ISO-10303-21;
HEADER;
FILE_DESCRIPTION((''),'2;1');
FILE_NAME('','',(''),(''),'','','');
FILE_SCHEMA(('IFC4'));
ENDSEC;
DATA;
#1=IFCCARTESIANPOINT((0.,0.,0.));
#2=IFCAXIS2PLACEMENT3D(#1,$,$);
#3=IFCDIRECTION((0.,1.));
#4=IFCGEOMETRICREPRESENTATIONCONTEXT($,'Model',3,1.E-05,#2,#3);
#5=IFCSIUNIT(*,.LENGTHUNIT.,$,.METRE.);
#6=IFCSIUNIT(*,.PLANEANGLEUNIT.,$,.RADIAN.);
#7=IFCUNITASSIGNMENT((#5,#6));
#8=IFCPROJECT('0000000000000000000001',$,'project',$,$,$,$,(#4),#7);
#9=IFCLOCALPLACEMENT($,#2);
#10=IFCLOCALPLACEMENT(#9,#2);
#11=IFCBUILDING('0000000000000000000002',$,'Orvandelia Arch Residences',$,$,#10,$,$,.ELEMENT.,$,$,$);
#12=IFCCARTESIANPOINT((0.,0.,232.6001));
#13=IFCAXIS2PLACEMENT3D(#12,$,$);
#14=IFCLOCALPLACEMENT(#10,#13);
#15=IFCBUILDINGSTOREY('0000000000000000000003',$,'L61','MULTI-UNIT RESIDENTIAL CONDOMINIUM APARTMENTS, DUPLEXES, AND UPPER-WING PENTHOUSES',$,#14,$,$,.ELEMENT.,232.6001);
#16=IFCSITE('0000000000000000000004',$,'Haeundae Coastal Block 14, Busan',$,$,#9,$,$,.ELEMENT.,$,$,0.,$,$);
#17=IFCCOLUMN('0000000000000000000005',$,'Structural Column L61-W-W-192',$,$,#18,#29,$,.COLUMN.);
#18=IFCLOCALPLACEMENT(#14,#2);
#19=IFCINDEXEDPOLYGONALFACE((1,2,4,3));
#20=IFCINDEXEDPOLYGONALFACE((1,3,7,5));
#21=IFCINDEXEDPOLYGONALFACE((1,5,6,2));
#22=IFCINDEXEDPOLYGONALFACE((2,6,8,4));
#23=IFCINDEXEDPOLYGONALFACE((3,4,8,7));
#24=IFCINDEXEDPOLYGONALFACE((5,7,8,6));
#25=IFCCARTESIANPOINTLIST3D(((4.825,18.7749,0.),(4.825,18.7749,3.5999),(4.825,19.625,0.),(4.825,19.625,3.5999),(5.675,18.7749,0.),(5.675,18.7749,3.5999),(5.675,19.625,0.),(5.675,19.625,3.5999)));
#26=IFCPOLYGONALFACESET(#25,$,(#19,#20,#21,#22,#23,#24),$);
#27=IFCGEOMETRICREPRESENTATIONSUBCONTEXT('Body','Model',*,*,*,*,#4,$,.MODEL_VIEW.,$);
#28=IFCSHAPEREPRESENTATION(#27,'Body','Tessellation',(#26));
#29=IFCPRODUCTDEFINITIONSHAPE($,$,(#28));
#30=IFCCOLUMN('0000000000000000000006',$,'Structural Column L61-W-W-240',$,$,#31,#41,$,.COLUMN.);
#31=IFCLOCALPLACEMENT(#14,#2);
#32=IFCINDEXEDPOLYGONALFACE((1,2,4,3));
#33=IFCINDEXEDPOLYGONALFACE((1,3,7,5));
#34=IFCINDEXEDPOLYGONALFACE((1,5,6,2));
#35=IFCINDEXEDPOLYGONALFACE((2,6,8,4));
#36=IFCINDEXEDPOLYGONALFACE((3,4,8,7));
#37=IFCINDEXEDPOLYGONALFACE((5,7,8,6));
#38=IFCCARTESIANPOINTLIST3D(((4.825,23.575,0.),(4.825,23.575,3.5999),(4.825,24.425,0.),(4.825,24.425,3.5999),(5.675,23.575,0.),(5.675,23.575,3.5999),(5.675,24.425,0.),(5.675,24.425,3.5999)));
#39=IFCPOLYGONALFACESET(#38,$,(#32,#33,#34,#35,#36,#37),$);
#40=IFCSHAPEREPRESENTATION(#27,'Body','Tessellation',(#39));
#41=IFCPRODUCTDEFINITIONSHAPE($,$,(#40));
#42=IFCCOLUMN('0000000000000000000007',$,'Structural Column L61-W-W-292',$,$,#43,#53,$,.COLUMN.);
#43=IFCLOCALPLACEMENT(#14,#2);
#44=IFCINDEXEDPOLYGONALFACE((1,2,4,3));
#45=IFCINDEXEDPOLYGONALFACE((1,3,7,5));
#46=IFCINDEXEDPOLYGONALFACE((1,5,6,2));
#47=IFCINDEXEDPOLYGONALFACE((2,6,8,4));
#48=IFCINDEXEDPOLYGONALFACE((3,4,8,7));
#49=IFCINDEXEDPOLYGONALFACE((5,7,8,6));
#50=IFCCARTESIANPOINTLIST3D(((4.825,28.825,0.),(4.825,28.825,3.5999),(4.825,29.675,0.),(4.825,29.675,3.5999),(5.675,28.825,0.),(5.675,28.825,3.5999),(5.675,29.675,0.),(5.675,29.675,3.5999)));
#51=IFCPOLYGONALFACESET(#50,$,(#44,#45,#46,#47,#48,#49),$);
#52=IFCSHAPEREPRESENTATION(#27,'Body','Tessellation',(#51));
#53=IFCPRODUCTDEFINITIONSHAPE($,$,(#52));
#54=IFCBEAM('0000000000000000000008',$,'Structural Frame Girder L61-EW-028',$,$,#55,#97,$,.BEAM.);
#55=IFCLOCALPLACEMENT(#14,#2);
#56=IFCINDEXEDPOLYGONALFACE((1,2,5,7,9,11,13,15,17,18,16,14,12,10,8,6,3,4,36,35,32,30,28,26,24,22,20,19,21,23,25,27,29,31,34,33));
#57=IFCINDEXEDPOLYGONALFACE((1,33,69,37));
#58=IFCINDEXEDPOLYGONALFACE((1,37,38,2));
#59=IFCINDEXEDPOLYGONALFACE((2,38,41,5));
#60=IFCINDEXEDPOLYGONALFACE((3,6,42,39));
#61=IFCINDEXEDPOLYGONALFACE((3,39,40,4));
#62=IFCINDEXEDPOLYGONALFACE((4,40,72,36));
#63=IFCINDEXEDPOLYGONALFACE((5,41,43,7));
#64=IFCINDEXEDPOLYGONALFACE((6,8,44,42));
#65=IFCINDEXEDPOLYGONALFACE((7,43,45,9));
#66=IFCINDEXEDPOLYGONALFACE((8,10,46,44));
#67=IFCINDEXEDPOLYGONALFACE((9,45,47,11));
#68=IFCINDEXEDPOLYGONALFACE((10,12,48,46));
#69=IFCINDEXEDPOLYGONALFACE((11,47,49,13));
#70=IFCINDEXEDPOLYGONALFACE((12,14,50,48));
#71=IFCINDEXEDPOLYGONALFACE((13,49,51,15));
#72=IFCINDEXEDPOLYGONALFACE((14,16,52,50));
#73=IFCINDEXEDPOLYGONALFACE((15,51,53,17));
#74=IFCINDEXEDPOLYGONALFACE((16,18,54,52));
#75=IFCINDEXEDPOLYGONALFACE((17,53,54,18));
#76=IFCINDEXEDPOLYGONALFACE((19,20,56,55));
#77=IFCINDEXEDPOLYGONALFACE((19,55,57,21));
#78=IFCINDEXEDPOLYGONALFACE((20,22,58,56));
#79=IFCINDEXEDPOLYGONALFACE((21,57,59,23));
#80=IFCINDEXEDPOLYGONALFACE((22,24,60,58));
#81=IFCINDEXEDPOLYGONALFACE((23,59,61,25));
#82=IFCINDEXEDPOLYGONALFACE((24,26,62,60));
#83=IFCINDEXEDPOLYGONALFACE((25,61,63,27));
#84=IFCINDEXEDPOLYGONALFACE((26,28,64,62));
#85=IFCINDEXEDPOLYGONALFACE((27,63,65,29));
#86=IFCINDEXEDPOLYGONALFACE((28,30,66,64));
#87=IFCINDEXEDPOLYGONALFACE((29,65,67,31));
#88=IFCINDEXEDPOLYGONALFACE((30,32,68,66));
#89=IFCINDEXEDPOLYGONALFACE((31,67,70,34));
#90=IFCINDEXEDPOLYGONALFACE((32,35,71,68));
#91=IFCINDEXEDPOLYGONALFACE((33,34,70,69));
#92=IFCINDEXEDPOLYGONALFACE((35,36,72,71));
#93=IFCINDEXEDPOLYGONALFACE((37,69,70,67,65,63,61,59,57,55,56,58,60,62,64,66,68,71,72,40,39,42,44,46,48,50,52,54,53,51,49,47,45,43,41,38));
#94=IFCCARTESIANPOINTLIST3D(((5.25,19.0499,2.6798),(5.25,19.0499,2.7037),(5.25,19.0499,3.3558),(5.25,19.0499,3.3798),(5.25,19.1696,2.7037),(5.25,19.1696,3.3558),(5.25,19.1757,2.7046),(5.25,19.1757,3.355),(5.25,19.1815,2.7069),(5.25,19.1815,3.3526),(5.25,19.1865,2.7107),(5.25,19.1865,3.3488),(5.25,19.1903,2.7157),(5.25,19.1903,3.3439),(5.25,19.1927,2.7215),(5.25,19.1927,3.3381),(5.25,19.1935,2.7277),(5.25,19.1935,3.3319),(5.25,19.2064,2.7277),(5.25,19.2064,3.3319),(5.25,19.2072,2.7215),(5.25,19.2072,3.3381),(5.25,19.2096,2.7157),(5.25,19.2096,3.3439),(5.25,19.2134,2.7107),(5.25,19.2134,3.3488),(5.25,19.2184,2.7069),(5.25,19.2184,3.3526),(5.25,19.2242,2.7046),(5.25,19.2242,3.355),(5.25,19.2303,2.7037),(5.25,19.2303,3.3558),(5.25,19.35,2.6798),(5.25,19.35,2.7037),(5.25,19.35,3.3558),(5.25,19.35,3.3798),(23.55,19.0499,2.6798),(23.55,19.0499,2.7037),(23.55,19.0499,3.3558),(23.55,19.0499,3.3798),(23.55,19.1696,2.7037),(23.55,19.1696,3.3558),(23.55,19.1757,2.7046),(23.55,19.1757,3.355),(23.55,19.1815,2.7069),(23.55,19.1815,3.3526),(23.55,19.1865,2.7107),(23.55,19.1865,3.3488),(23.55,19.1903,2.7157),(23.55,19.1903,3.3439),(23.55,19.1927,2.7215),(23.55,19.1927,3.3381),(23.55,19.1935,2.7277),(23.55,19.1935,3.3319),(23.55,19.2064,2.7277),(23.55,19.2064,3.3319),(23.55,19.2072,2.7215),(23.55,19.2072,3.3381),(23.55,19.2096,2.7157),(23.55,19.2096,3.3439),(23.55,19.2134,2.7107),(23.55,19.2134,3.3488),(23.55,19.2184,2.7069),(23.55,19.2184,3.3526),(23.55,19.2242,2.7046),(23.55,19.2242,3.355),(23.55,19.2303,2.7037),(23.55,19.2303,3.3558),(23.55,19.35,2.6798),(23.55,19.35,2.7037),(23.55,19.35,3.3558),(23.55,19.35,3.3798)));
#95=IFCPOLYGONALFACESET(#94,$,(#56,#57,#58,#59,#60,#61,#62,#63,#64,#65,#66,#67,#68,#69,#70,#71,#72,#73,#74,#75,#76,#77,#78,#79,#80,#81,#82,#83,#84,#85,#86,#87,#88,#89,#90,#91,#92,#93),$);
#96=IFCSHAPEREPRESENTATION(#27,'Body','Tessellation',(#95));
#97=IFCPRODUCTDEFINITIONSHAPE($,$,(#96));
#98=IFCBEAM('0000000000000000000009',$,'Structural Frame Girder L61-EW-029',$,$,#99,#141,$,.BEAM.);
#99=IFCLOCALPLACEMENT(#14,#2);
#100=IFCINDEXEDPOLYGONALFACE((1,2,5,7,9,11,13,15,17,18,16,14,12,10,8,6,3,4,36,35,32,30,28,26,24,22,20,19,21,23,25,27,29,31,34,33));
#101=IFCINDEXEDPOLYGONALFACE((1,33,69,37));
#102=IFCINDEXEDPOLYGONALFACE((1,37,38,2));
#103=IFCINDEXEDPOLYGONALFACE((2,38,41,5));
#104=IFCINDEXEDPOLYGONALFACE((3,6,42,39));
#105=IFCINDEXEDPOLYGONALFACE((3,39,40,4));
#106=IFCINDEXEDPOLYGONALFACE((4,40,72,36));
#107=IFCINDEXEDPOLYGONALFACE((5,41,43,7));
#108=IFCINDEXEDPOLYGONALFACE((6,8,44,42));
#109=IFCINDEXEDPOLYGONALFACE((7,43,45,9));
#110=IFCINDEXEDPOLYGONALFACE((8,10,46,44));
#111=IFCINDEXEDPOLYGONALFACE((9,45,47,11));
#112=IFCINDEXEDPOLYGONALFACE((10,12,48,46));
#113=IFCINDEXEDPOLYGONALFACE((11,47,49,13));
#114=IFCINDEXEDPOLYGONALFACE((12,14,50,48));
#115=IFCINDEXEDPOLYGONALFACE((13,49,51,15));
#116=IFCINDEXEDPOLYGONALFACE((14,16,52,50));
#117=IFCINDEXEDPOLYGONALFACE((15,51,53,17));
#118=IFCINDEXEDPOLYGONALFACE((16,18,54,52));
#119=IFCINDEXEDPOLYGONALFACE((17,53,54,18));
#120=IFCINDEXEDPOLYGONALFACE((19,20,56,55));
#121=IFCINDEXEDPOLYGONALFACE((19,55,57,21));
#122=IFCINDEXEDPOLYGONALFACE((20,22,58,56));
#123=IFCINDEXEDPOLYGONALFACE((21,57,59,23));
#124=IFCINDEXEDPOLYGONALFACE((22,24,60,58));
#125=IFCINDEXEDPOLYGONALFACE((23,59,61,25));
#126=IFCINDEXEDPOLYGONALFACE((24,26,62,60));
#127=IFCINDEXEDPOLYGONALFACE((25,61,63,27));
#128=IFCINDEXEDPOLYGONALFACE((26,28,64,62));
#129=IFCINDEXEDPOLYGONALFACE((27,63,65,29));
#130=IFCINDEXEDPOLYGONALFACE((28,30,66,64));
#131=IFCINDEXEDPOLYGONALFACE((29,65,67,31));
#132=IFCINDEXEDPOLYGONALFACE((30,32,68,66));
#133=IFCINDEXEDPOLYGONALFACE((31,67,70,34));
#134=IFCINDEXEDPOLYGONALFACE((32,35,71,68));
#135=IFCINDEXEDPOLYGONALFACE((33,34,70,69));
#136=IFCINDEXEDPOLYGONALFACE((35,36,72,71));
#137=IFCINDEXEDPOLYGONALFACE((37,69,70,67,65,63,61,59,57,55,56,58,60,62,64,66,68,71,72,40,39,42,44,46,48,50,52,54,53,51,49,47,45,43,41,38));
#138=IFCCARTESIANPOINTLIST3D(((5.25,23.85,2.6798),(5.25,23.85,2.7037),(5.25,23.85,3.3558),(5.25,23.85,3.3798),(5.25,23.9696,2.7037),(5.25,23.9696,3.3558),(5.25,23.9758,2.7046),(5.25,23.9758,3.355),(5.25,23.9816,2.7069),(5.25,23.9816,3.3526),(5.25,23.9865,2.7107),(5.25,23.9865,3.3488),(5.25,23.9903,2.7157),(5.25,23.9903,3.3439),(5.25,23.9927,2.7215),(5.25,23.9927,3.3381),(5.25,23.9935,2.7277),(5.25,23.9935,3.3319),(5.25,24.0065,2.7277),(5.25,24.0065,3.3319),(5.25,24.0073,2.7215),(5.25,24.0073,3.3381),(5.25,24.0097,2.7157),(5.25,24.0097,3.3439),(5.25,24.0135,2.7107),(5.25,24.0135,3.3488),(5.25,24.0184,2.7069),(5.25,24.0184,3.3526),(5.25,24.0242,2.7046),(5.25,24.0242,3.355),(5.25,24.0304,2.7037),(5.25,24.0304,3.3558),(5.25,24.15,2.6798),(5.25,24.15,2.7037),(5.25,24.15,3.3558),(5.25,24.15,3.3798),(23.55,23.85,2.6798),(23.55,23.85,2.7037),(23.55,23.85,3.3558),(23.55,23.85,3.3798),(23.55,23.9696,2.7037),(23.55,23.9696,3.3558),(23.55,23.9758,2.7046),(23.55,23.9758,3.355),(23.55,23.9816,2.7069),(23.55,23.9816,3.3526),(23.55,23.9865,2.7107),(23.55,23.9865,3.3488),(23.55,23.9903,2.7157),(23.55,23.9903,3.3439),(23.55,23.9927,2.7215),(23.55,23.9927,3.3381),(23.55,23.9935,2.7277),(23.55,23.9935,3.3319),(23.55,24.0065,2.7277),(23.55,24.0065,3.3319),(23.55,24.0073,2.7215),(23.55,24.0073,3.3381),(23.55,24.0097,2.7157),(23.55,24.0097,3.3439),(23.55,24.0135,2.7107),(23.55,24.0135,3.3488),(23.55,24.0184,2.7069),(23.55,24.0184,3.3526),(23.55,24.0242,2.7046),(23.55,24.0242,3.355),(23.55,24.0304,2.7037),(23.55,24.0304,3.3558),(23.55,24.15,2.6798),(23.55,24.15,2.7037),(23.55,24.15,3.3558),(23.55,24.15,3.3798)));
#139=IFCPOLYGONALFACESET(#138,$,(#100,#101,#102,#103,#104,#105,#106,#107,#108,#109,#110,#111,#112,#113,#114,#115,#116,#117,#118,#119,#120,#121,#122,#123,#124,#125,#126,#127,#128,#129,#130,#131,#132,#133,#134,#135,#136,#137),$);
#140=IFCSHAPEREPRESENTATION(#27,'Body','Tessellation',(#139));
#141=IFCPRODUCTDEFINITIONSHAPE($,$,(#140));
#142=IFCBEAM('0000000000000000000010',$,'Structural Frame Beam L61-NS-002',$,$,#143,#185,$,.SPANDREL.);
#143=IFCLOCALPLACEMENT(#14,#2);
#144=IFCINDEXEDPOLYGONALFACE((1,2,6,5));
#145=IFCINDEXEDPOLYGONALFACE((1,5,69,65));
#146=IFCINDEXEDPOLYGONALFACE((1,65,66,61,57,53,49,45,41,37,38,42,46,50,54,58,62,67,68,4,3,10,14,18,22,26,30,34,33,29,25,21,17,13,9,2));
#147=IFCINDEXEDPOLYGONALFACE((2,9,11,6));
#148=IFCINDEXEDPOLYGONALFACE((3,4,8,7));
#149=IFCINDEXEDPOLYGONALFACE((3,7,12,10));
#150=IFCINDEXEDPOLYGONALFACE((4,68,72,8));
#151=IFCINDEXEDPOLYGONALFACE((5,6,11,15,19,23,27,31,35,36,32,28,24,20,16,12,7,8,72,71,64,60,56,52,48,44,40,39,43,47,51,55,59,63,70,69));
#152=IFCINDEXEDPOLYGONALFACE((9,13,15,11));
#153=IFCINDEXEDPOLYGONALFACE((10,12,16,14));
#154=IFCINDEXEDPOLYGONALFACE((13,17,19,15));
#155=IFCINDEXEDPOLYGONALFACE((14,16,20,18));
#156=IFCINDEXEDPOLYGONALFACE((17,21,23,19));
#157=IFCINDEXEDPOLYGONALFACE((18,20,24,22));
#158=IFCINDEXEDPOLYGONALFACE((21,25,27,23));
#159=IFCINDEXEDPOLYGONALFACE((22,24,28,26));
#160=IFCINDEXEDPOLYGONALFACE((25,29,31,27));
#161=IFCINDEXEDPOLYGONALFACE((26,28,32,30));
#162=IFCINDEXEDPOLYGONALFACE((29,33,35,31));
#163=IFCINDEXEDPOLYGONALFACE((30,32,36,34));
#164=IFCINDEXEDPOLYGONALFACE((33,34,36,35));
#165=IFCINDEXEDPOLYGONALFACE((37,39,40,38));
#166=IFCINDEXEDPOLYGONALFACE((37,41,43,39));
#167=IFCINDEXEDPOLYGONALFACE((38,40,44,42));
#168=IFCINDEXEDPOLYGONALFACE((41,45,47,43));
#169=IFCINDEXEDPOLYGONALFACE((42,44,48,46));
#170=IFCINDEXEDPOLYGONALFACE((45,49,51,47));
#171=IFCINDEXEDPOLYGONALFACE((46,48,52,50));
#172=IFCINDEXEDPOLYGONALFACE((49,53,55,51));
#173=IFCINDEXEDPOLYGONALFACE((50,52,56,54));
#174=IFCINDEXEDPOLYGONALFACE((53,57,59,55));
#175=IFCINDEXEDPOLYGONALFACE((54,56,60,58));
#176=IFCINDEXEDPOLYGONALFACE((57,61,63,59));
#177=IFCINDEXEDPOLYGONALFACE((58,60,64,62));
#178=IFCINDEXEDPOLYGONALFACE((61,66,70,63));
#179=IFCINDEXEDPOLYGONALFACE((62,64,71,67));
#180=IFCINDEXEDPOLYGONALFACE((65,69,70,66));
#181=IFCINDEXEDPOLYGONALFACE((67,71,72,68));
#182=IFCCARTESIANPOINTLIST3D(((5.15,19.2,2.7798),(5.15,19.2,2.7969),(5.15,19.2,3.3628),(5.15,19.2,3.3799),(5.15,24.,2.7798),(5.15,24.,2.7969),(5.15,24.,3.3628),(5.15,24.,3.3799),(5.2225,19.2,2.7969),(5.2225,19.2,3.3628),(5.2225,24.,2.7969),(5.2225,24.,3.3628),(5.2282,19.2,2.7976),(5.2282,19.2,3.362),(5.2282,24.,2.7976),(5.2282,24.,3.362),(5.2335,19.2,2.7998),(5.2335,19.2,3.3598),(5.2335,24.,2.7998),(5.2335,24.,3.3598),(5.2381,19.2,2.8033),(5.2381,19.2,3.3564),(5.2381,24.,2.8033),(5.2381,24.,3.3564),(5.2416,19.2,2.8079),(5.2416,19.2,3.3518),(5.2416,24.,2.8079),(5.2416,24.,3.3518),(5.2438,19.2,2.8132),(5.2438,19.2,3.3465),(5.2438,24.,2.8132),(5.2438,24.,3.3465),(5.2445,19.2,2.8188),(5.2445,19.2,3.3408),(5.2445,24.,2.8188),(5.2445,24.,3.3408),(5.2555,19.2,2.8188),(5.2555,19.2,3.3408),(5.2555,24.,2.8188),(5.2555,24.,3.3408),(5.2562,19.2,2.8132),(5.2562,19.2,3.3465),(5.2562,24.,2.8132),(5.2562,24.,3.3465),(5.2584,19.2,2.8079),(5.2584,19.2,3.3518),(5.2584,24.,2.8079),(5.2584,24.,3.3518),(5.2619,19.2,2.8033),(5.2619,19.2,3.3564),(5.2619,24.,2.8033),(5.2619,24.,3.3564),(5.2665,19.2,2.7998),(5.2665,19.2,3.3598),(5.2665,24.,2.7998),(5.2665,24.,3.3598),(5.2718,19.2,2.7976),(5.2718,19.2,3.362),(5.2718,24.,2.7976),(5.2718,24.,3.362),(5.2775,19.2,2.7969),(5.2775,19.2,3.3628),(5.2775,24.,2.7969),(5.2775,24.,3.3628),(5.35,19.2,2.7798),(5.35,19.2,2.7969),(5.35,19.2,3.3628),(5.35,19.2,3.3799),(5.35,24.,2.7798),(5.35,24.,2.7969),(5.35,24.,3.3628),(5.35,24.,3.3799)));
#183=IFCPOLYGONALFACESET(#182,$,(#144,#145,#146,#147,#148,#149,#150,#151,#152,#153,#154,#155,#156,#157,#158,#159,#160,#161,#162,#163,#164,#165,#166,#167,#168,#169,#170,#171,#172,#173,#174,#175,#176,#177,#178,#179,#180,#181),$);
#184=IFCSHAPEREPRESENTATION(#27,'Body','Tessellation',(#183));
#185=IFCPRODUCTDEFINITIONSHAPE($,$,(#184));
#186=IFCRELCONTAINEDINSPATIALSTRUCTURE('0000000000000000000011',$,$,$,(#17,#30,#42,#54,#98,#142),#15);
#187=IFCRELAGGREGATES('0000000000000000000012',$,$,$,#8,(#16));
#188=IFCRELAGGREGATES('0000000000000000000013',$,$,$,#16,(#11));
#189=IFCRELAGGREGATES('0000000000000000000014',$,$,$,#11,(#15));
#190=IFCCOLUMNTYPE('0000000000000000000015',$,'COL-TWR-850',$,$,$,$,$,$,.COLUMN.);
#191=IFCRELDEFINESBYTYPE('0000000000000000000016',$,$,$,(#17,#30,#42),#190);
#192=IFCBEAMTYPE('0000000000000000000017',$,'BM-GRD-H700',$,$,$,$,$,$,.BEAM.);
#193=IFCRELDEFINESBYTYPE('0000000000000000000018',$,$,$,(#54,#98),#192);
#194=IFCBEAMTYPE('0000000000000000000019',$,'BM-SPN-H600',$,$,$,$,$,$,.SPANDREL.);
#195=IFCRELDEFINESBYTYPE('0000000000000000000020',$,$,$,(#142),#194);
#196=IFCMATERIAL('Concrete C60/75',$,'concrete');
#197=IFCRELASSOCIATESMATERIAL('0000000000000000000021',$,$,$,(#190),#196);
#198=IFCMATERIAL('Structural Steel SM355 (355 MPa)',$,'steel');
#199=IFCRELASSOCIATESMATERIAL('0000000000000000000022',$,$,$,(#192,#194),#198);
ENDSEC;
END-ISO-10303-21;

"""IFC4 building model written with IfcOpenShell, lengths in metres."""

from ifc_helpers import new_model, si_unit, direction, frame, origin, origin_2d, place, context, subcontext, project, spatial, rectangle, i_section, extrude, material, material_profile, profile_set, type_object, element, save


model = new_model("IFC4")

# Units and contexts
model_context = context("Model", 3, precision=1e-05, world=origin(), true_north=direction((0.0, 1.0)))
body_context = subcontext(model_context, "Body", "Model", "MODEL_VIEW")
ifc_project = project(units=[si_unit("LENGTHUNIT", "METRE"), si_unit("PLANEANGLEUNIT", "RADIAN")], contexts=[model_context])

# Site, building, storey
site_placement = place(None, origin())
site = spatial("IfcSite", under=ifc_project, at=site_placement, Name="Haeundae Coastal Block 14, Busan", CompositionType="ELEMENT", RefElevation=0.0)
building_placement = place(site_placement, origin())
building = spatial("IfcBuilding", under=site, at=building_placement, Name="Orvandelia Arch Residences", CompositionType="ELEMENT")
storey_placement = place(building_placement, frame((0.0, 0.0, 232.6001)))
storey = spatial("IfcBuildingStorey", under=building, at=storey_placement, Name="L61", Description="MULTI-UNIT RESIDENTIAL CONDOMINIUM APARTMENTS, DUPLEXES, AND UPPER-WING PENTHOUSES", CompositionType="ELEMENT", Elevation=232.6001)

# Columns
ifc_material_1 = material(Name="Concrete C60/75", Category="concrete")
ifc_material_profile_1 = material_profile(ifc_material_1, rectangle(XDim=0.8501, YDim=0.8501, at=origin_2d()), Name="Concrete C60/75", Category="concrete")
ifc_profile_set_1 = profile_set([ifc_material_profile_1], Name="Concrete C60/75")
column_type = type_object("IfcColumnType", Name="COL-TWR-850", PredefinedType="COLUMN", material=ifc_profile_set_1)
for number, where, z_axis, x_axis, name in (
    (1, (5.25, 19.2, 0.0), (0.0, 0.0, 1.0), (1.0, 0.0, 0.0), "Structural Column L61-W-W-192"),
    (2, (5.25, 24.0, 0.0), (0.0, 0.0, 1.0), (1.0, 0.0, 0.0), "Structural Column L61-W-W-240"),
    (3, (5.25, 29.25, 0.0), (0.0, 0.0, 1.0), (1.0, 0.0, 0.0), "Structural Column L61-W-W-292"),
):
    element("IfcColumn", number, at=place(storey_placement, frame(where, z_axis=z_axis, x_axis=x_axis)), inside=storey, type_object=column_type, Name=name, PredefinedType="COLUMN", context=body_context, shape_type="SweptSolid", body=[
        extrude(rectangle(XDim=0.8501, YDim=0.8501, at=origin_2d()), origin(), (0.0, 0.0, 1.0), 3.5999),
    ])

# Beams
ifc_material_2 = material(Name="Structural Steel SM355 (355 MPa)", Category="steel")
ifc_material_profile_2 = material_profile(ifc_material_2, i_section(OverallWidth=0.3, OverallDepth=0.7, WebThickness=0.0129, FlangeThickness=0.0239, FilletRadius=0.0239, at=origin_2d()), Name="Structural Steel SM355 (355 MPa)", Category="steel")
ifc_profile_set_2 = profile_set([ifc_material_profile_2], Name="Structural Steel SM355 (355 MPa)")
beam_type_1 = type_object("IfcBeamType", Name="BM-GRD-H700", PredefinedType="BEAM", material=ifc_profile_set_2)
for number, where, z_axis, x_axis, name in (
    (4, (5.25, 19.2, 3.0298), (1.0, 0.0, 0.0), (0.0, 1.0, 0.0), "Structural Frame Girder L61-EW-028"),
    (5, (5.25, 24.0, 3.0298), (1.0, 0.0, 0.0), (0.0, 1.0, 0.0), "Structural Frame Girder L61-EW-029"),
):
    element("IfcBeam", number, at=place(storey_placement, frame(where, z_axis=z_axis, x_axis=x_axis)), inside=storey, type_object=beam_type_1, Name=name, PredefinedType="BEAM", context=body_context, shape_type="SweptSolid", body=[
        extrude(i_section(OverallWidth=0.3, OverallDepth=0.7, WebThickness=0.0129, FlangeThickness=0.0239, FilletRadius=0.0239, at=origin_2d()), origin(), (0.0, 0.0, 1.0), 18.3),
    ])
ifc_material_profile_3 = material_profile(ifc_material_2, i_section(OverallWidth=0.2, OverallDepth=0.6001, WebThickness=0.011, FlangeThickness=0.0171, FilletRadius=0.022, at=origin_2d()), Name="Structural Steel SM355 (355 MPa)", Category="steel")
ifc_profile_set_3 = profile_set([ifc_material_profile_3], Name="Structural Steel SM355 (355 MPa)")
beam_type_2 = type_object("IfcBeamType", Name="BM-SPN-H600", PredefinedType="SPANDREL", material=ifc_profile_set_3)
beam_1_placement = place(storey_placement, frame((5.25, 19.2, 3.0798), z_axis=(0.0, 1.0, 0.0), x_axis=(-1.0, 0.0, 0.0)))
element("IfcBeam", 6, at=beam_1_placement, inside=storey, type_object=beam_type_2, Name="Structural Frame Beam L61-NS-002", PredefinedType="SPANDREL", context=body_context, shape_type="SweptSolid", body=[
    extrude(i_section(OverallWidth=0.2, OverallDepth=0.6001, WebThickness=0.011, FlangeThickness=0.0171, FilletRadius=0.022, at=origin_2d()), origin(), (0.0, 0.0, 1.0), 4.8),
])

save(model, "model.ifc")
